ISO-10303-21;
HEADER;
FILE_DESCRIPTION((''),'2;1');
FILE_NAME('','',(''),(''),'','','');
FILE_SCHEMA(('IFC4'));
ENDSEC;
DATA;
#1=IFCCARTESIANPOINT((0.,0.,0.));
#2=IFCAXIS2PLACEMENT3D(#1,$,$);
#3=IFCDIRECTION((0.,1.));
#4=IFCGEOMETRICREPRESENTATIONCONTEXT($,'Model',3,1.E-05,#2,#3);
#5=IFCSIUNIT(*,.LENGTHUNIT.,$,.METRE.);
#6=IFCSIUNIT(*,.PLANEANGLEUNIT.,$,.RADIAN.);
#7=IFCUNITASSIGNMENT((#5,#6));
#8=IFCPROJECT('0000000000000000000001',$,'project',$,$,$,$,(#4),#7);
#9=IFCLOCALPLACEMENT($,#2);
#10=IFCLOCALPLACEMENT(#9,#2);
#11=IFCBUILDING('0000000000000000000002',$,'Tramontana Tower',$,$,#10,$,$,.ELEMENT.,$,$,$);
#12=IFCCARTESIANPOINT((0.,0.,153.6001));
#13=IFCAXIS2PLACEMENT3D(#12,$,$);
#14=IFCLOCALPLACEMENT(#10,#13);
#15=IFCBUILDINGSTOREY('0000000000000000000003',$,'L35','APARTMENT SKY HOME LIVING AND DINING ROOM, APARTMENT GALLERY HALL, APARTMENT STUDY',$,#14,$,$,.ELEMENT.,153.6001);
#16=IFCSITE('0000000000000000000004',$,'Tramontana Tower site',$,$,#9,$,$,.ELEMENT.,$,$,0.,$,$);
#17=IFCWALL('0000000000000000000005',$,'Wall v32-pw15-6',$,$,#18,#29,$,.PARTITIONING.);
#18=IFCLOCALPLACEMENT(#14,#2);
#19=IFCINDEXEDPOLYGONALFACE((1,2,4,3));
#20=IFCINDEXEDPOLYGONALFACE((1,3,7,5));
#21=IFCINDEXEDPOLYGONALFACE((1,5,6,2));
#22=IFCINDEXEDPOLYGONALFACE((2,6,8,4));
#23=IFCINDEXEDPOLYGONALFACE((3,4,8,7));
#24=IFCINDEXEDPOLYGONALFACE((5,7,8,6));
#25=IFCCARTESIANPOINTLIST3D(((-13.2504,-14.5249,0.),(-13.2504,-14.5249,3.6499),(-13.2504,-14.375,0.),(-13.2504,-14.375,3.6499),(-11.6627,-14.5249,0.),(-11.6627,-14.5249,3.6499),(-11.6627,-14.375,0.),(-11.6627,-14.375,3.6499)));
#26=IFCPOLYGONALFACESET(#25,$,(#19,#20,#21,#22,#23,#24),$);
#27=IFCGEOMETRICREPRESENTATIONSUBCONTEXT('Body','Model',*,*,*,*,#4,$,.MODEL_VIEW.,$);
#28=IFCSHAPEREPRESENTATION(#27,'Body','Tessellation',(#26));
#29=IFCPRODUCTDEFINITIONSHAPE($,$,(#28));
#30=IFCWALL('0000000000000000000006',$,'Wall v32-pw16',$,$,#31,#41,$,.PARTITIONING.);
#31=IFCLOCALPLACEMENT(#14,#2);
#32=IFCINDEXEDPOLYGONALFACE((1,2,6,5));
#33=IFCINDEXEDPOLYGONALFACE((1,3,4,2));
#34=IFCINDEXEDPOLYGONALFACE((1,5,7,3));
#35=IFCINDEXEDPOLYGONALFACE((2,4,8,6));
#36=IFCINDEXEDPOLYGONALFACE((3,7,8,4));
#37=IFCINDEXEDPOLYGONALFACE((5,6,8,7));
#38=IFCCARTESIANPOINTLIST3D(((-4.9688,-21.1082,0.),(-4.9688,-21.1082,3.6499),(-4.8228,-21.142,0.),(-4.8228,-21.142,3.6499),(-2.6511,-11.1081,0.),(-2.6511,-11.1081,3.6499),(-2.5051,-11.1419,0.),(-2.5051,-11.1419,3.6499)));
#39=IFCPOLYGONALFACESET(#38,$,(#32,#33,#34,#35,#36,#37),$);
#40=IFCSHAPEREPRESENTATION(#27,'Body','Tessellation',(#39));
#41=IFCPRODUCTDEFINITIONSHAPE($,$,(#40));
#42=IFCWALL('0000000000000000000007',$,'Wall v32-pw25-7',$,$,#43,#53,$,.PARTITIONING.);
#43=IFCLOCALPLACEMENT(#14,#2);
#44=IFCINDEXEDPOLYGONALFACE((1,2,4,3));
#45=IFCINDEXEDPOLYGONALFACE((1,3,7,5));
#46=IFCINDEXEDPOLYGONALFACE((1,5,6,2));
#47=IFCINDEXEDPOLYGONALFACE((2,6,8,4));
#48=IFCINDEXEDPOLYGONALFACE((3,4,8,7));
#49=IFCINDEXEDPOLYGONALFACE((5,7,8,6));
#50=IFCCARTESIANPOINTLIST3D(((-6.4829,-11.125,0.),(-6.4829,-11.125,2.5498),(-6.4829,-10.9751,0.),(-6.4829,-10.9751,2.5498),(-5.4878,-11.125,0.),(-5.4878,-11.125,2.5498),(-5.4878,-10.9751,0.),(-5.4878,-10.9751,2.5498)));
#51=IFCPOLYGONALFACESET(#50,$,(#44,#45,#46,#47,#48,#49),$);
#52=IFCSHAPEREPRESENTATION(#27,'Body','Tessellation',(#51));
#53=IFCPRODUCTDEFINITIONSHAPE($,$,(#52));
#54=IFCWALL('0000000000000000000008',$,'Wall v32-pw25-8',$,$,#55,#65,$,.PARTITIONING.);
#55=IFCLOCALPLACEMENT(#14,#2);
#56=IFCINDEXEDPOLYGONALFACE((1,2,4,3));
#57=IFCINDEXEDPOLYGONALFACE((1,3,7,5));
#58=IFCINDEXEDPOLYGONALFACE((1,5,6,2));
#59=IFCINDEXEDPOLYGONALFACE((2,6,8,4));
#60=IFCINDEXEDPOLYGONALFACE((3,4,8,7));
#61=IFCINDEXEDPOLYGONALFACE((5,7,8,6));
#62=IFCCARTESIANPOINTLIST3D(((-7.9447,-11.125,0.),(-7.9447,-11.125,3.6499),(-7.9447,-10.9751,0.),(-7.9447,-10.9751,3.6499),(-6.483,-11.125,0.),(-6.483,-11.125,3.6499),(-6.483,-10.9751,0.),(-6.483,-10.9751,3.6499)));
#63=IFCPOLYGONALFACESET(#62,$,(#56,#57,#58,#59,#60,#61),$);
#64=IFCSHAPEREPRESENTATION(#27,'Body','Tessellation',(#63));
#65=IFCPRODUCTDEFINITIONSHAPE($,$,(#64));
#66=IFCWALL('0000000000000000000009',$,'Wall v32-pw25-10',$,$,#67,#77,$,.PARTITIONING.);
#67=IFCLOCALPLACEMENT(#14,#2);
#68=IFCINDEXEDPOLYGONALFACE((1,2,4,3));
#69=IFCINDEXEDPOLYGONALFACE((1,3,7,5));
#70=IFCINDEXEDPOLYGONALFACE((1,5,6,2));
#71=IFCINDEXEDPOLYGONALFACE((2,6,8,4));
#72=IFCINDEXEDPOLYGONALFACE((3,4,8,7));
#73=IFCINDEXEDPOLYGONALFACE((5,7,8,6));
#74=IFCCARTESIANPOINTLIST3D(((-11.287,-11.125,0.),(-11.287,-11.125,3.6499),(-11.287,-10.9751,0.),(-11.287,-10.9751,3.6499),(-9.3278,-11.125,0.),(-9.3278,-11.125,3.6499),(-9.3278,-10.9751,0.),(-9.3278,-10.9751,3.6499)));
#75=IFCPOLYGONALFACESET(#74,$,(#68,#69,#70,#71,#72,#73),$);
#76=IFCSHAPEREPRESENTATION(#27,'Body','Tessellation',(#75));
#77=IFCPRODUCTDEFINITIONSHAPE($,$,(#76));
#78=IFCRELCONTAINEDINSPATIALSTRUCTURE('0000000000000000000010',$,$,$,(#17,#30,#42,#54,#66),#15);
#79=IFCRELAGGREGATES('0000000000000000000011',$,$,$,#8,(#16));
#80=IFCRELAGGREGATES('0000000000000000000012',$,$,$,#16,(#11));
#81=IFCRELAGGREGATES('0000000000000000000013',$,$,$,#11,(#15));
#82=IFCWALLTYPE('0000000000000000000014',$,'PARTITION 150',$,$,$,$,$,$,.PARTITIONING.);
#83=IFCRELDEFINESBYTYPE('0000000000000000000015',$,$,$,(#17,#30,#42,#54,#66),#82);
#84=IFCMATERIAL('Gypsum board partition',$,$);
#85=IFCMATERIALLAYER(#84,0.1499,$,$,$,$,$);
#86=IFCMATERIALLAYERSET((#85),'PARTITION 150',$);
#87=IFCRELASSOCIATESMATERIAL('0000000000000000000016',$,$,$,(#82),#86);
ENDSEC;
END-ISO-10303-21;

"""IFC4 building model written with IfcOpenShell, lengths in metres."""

from ifc_helpers import new_model, si_unit, direction, frame, frame_2d, origin, place, context, subcontext, project, spatial, rectangle, extrude, material, layer, layer_set, type_object, element, save


model = new_model("IFC4")

# Units and contexts
model_context = context("Model", 3, precision=1e-05, world=origin(), true_north=direction((0.0, 1.0)))
body_context = subcontext(model_context, "Body", "Model", "MODEL_VIEW")
ifc_project = project(units=[si_unit("LENGTHUNIT", "METRE"), si_unit("PLANEANGLEUNIT", "RADIAN")], contexts=[model_context])

# Site, building, storey
site_placement = place(None, origin())
site = spatial("IfcSite", under=ifc_project, at=site_placement, Name="Tramontana Tower site", CompositionType="ELEMENT", RefElevation=0.0)
building_placement = place(site_placement, origin())
building = spatial("IfcBuilding", under=site, at=building_placement, Name="Tramontana Tower", CompositionType="ELEMENT")
storey_placement = place(building_placement, frame((0.0, 0.0, 153.6001)))
storey = spatial("IfcBuildingStorey", under=building, at=storey_placement, Name="L35", Description="APARTMENT SKY HOME LIVING AND DINING ROOM, APARTMENT GALLERY HALL, APARTMENT STUDY", CompositionType="ELEMENT", Elevation=153.6001)

# Walls
ifc_material_1 = material(Name="Gypsum board partition")
ifc_layer_1 = layer(ifc_material_1, 0.1499)
ifc_layer_set_1 = layer_set([ifc_layer_1], Name="PARTITION 150")
wall_type_1 = type_object("IfcWallType", Name="PARTITION 150", PredefinedType="PARTITIONING", material=ifc_layer_set_1)
wall_1_placement = place(storey_placement, frame((-11.6626, -14.45, 0.0), z_axis=(0.0, 0.0, 1.0), x_axis=(-1.0, 0.0, 0.0)))
element("IfcWall", 1, at=wall_1_placement, inside=storey, type_object=wall_type_1, Name="Wall v32-pw15-6", PredefinedType="PARTITIONING", context=body_context, shape_type="SweptSolid", body=[
    extrude(rectangle(XDim=1.5876, YDim=0.1499, at=frame_2d((0.7939, 0.0))), origin(), (0.0, 0.0, 1.0), 3.6499),
])
wall_2_placement = place(storey_placement, frame((-2.5781, -11.125, 0.0), z_axis=(0.0, 0.0, 1.0), x_axis=(-0.225778, -0.974179, 0.0)))
element("IfcWall", 2, at=wall_2_placement, inside=storey, type_object=wall_type_1, Name="Wall v32-pw16", PredefinedType="PARTITIONING", context=body_context, shape_type="SweptSolid", body=[
    extrude(rectangle(XDim=10.2651, YDim=0.1499, at=frame_2d((5.1326, 0.0))), origin(), (0.0, 0.0, 1.0), 3.6499),
])

# Walls
wall_3_placement = place(storey_placement, frame((-5.4878, -11.05, 0.0), z_axis=(0.0, 0.0, 1.0), x_axis=(-1.0, 0.0, 0.0)))
element("IfcWall", 3, at=wall_3_placement, inside=storey, type_object=wall_type_1, Name="Wall v32-pw25-7", PredefinedType="PARTITIONING", context=body_context, shape_type="SweptSolid", body=[
    extrude(rectangle(XDim=0.9951, YDim=0.1499, at=frame_2d((0.4976, 0.0))), origin(), (0.0, 0.0, 1.0), 2.5498),
])
wall_4_placement = place(storey_placement, frame((-6.4829, -11.05, 0.0), z_axis=(0.0, 0.0, 1.0), x_axis=(-1.0, 0.0, 0.0)))
element("IfcWall", 4, at=wall_4_placement, inside=storey, type_object=wall_type_1, Name="Wall v32-pw25-8", PredefinedType="PARTITIONING", context=body_context, shape_type="SweptSolid", body=[
    extrude(rectangle(XDim=1.4617, YDim=0.1499, at=frame_2d((0.731, 0.0))), origin(), (0.0, 0.0, 1.0), 3.6499),
])

# Wall
wall_5_placement = place(storey_placement, frame((-9.3279, -11.05, 0.0), z_axis=(0.0, 0.0, 1.0), x_axis=(-1.0, 0.0, 0.0)))
element("IfcWall", 5, at=wall_5_placement, inside=storey, type_object=wall_type_1, Name="Wall v32-pw25-10", PredefinedType="PARTITIONING", context=body_context, shape_type="SweptSolid", body=[
    extrude(rectangle(XDim=1.9592, YDim=0.1499, at=frame_2d((0.9795, 0.0))), origin(), (0.0, 0.0, 1.0), 3.6499),
])

save(model, "model.ifc")
